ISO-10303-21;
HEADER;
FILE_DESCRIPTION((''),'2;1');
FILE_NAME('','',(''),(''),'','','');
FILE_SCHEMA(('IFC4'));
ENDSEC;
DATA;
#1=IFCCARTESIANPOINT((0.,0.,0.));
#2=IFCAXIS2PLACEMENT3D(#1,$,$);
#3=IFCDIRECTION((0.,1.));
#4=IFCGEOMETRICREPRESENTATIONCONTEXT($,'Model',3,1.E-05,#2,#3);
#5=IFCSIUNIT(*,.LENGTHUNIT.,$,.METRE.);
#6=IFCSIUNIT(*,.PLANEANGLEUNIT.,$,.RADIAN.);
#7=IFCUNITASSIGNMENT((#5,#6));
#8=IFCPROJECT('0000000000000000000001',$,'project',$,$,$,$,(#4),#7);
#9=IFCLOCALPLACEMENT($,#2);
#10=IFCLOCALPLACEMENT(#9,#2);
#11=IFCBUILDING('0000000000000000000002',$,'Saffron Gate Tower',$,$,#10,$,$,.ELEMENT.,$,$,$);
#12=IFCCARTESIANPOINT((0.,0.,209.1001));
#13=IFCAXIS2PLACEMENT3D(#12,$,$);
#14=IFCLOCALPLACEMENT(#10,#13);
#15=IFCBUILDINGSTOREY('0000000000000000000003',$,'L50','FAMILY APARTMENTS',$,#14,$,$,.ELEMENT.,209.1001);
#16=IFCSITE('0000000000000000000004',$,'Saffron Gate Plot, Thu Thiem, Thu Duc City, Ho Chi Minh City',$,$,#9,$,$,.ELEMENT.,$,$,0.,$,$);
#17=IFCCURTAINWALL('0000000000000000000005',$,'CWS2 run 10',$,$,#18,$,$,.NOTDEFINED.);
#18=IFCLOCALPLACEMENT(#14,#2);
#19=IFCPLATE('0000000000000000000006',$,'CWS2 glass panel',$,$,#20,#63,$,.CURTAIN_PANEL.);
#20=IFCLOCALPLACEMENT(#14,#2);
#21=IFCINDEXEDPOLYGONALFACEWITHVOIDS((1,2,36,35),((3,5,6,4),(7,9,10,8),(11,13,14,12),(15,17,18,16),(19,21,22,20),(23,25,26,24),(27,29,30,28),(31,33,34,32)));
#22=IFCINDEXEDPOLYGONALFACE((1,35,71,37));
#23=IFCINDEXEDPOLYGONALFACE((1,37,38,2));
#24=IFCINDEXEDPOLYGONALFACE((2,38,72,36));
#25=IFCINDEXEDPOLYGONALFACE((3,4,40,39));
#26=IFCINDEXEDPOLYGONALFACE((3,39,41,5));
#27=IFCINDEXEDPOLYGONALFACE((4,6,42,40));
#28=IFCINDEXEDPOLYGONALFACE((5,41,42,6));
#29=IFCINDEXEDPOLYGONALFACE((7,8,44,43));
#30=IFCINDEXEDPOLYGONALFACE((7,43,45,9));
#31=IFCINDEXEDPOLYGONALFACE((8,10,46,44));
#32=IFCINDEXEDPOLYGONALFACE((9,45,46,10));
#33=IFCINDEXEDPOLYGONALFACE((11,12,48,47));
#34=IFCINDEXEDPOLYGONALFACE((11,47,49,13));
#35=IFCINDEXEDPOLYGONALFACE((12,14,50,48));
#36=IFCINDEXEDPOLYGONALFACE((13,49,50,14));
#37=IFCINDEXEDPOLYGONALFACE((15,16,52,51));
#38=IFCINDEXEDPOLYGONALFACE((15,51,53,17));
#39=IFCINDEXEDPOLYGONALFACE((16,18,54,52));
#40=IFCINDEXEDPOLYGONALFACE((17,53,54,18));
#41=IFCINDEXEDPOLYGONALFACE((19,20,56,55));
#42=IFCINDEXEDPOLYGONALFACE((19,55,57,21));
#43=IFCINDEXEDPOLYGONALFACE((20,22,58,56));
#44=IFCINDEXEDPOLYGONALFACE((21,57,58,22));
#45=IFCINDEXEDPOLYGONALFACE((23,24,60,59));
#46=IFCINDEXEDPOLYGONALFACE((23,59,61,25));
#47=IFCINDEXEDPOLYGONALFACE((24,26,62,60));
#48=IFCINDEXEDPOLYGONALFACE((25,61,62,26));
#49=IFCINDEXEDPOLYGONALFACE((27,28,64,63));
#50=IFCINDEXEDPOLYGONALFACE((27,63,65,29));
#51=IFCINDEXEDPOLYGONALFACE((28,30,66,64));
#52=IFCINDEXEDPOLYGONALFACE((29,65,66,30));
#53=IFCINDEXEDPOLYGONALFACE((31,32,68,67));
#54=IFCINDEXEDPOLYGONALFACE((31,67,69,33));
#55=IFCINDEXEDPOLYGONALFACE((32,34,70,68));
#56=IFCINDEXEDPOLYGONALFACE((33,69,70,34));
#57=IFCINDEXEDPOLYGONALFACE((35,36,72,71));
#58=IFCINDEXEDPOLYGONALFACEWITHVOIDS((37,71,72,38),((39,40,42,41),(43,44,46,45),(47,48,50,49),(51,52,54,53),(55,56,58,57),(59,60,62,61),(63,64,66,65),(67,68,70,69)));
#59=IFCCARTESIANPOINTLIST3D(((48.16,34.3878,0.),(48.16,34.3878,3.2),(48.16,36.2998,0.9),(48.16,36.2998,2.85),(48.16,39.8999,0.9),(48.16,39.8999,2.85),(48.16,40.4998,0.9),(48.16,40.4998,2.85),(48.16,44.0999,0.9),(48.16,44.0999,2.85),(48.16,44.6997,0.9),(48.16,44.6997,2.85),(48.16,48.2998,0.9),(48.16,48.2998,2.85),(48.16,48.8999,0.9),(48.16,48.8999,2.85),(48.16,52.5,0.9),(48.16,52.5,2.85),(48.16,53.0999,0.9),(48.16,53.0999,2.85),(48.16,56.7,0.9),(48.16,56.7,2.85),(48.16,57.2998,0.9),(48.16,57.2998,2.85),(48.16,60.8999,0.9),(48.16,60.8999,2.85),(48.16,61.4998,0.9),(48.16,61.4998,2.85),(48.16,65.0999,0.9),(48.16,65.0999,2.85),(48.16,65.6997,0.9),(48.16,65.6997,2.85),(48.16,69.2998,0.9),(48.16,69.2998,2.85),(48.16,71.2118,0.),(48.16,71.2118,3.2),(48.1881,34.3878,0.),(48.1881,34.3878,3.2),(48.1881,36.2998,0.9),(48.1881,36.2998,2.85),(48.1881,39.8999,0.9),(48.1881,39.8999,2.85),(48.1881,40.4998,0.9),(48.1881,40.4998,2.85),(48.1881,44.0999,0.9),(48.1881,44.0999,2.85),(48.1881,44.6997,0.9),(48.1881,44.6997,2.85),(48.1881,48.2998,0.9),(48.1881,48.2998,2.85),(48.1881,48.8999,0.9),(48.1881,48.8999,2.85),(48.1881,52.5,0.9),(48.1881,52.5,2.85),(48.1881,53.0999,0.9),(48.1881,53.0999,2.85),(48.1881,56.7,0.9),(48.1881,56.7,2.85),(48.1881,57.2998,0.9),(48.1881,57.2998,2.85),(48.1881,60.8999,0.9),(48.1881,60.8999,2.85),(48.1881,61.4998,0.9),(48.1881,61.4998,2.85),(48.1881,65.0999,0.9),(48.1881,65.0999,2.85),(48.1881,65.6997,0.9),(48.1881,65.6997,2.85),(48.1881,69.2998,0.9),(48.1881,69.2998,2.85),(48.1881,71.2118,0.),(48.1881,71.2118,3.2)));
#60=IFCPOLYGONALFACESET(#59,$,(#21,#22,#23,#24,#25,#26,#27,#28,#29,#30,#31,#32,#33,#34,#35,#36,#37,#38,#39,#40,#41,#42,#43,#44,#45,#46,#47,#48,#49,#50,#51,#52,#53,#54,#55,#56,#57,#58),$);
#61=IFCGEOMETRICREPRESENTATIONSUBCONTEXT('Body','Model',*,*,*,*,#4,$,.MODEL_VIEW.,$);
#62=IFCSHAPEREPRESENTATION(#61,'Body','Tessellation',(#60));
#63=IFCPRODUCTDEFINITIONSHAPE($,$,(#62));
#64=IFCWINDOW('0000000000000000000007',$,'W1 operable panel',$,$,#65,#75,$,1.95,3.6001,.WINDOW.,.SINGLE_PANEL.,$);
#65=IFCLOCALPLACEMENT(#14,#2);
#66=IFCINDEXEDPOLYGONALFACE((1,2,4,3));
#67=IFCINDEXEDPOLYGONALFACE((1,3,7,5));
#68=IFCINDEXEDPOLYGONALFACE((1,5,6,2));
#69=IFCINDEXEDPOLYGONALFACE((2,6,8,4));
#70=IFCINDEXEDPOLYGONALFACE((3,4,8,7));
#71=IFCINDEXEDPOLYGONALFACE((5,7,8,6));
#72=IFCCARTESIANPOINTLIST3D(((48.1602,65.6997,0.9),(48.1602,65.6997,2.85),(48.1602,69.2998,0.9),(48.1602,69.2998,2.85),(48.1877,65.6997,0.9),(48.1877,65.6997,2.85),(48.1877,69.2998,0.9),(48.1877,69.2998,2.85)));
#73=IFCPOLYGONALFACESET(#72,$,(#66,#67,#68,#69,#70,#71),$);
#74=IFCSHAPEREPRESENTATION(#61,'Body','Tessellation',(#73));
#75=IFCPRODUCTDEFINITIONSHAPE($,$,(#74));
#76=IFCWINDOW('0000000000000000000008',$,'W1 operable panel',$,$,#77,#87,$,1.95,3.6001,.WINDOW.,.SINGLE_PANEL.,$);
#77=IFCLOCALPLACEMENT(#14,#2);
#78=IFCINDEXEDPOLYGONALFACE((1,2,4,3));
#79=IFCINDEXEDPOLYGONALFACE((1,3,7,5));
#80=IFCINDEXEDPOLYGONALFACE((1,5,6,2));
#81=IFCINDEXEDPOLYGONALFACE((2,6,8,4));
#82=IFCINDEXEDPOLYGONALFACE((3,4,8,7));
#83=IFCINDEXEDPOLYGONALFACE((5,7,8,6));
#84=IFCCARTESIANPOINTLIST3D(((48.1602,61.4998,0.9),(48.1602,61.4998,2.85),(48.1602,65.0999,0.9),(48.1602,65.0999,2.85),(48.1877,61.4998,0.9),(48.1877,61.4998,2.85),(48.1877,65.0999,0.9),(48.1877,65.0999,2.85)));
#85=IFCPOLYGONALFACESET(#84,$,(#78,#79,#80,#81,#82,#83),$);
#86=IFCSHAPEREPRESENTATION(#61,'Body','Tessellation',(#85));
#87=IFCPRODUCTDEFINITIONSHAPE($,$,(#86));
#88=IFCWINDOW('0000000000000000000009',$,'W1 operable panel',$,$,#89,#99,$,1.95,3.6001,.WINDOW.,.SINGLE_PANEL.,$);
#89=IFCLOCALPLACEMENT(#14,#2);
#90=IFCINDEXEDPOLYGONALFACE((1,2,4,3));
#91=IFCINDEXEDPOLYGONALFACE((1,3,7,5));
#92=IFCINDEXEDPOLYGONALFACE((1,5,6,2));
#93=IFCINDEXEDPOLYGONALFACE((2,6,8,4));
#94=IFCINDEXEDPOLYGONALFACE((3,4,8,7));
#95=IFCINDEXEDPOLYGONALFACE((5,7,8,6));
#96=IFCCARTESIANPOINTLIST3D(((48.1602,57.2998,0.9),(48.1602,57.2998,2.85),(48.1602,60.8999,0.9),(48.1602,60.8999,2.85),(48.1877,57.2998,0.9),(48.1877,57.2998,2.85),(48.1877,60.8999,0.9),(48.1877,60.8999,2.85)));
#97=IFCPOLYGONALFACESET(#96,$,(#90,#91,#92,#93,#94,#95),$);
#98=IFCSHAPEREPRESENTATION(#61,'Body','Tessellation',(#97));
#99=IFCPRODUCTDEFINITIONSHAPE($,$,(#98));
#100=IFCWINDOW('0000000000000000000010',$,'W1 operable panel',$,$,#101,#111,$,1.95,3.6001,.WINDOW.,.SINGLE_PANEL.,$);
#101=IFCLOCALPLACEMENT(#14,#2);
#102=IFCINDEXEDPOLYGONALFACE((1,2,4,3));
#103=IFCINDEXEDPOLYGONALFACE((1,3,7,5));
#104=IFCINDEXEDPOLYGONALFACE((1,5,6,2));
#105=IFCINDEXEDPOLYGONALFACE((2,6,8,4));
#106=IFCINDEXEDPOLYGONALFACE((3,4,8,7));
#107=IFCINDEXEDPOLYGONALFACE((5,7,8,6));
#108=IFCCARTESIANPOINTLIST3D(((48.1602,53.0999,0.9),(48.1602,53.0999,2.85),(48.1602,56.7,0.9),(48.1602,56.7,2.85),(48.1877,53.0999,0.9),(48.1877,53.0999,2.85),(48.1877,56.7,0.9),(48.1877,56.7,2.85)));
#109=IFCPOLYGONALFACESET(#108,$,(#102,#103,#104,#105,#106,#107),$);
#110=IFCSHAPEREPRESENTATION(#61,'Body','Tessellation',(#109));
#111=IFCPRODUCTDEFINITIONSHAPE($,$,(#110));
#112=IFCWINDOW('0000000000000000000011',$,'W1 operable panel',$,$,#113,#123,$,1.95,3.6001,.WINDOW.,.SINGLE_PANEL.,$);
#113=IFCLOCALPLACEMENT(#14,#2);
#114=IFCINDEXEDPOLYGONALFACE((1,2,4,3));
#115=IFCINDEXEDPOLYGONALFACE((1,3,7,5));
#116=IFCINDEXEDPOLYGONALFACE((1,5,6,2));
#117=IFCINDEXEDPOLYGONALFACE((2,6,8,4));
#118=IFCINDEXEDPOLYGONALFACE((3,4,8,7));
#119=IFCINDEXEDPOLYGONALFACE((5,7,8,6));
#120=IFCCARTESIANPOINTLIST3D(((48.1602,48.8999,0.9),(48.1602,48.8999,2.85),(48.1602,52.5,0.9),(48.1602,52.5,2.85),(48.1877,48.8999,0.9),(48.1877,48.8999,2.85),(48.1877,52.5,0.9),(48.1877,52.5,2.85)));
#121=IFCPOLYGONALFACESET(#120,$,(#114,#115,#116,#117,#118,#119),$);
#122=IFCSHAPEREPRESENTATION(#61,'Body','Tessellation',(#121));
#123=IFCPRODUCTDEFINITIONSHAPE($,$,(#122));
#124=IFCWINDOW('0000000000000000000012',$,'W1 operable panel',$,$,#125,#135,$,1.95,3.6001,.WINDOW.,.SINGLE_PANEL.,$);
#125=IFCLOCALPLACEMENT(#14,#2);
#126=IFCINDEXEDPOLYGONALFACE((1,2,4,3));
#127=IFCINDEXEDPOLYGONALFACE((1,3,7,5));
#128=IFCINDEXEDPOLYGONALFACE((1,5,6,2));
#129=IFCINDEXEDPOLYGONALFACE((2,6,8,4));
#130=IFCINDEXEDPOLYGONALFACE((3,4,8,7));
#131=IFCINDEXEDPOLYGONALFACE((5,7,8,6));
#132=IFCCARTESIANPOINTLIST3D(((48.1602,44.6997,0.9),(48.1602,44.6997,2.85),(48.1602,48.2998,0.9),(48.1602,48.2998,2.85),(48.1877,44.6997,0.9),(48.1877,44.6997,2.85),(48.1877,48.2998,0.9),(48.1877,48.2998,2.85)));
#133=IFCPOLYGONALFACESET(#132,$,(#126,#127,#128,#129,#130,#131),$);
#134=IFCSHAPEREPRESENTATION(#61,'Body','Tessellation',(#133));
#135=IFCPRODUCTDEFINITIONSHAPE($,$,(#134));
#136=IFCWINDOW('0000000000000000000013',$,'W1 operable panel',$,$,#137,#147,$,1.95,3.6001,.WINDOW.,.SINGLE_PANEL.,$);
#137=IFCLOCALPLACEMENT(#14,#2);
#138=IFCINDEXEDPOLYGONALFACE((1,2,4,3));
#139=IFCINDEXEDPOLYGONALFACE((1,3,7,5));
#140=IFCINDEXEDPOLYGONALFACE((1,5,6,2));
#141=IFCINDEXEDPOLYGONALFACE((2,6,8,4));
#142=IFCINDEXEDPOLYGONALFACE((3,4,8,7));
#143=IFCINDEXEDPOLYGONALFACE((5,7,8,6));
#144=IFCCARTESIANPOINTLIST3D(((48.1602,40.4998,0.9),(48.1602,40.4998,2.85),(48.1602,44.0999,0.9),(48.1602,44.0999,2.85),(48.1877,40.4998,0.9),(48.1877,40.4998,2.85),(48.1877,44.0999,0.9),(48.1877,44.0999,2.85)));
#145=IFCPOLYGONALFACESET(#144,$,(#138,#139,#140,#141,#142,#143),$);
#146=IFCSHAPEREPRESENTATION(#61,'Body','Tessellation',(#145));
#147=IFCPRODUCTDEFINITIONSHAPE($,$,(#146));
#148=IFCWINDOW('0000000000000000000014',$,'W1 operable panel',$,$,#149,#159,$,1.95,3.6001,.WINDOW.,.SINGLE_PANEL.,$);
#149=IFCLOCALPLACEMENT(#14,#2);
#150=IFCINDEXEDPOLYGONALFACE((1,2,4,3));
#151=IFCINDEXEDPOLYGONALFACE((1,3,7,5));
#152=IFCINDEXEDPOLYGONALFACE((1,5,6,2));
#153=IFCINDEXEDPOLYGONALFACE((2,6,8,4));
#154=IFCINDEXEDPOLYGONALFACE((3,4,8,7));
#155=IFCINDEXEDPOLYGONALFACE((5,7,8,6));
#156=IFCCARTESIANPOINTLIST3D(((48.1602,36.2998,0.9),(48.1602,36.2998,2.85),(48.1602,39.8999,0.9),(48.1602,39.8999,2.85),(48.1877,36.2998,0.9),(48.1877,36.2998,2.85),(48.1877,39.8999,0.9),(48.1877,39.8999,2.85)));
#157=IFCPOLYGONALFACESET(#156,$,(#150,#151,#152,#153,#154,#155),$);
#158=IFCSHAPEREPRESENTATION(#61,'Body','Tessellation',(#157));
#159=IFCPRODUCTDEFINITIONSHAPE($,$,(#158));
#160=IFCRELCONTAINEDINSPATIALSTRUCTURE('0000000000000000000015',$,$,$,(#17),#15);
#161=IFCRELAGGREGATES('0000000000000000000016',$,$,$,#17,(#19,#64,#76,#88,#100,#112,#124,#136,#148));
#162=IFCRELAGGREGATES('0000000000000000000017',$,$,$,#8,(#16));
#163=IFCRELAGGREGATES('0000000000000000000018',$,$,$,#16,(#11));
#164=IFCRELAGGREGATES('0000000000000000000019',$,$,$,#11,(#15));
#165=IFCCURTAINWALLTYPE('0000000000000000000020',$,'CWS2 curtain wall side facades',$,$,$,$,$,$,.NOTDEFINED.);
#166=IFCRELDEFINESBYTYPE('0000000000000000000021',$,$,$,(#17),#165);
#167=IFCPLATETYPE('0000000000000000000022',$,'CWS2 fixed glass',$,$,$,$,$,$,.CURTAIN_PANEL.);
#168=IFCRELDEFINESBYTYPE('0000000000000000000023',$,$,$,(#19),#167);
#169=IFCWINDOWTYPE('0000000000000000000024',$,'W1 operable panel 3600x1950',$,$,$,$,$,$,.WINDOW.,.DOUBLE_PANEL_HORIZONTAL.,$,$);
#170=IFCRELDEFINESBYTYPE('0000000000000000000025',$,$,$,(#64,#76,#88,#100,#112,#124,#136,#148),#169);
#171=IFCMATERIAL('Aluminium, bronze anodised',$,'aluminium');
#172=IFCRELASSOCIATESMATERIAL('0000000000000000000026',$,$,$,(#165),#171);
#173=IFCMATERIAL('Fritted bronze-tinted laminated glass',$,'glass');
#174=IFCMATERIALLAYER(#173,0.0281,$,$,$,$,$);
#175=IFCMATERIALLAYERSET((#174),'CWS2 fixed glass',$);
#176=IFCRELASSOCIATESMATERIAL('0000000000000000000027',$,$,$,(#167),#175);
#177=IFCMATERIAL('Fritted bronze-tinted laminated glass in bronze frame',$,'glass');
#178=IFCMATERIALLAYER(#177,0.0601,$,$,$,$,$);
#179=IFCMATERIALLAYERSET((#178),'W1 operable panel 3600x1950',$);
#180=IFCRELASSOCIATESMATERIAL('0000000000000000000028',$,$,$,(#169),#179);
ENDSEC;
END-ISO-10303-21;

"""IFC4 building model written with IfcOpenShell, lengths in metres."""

from ifc_helpers import new_model, si_unit, direction, frame, frame_2d, origin, place, context, subcontext, project, spatial, rectangle, extrude, material, layer, layer_set, type_object, element, fill, aggregate, save


model = new_model("IFC4")

# Units and contexts
model_context = context("Model", 3, precision=1e-05, world=origin(), true_north=direction((0.0, 1.0)))
body_context = subcontext(model_context, "Body", "Model", "MODEL_VIEW")
ifc_project = project(units=[si_unit("LENGTHUNIT", "METRE"), si_unit("PLANEANGLEUNIT", "RADIAN")], contexts=[model_context])

# Site, building, storey
site_placement = place(None, origin())
site = spatial("IfcSite", under=ifc_project, at=site_placement, Name="Saffron Gate Plot, Thu Thiem, Thu Duc City, Ho Chi Minh City", CompositionType="ELEMENT", RefElevation=0.0)
building_placement = place(site_placement, origin())
building = spatial("IfcBuilding", under=site, at=building_placement, Name="Saffron Gate Tower", CompositionType="ELEMENT")
storey_placement = place(building_placement, frame((0.0, 0.0, 209.1001)))
storey = spatial("IfcBuildingStorey", under=building, at=storey_placement, Name="L50", Description="FAMILY APARTMENTS", CompositionType="ELEMENT", Elevation=209.1001)

# Curtain wall
ifc_material_1 = material(Name="Aluminium, bronze anodised", Category="aluminium")
curtain_wall_type_1 = type_object("IfcCurtainWallType", Name="CWS2 curtain wall side facades", PredefinedType="NOTDEFINED", material=ifc_material_1)
curtain_wall_1_placement = place(storey_placement, origin())
curtain_wall_1 = element("IfcCurtainWall", 1, at=curtain_wall_1_placement, inside=storey, type_object=curtain_wall_type_1, Name="CWS2 run 10", PredefinedType="NOTDEFINED")

# Plate, openings, windows
ifc_material_2 = material(Name="Fritted bronze-tinted laminated glass", Category="glass")
ifc_layer_1 = layer(ifc_material_2, 0.0281)
ifc_layer_set_1 = layer_set([ifc_layer_1], Name="CWS2 fixed glass")
plate_type_1 = type_object("IfcPlateType", Name="CWS2 fixed glass", PredefinedType="CURTAIN_PANEL", material=ifc_layer_set_1)
plate_1_placement = place(storey_placement, frame((48.1741, 71.2119, 0.0), z_axis=(0.0, 0.0, 1.0), x_axis=(0.0, -1.0, 0.0)))
plate_1 = element("IfcPlate", 2, at=plate_1_placement, type_object=plate_type_1, Name="CWS2 glass panel", PredefinedType="CURTAIN_PANEL", context=body_context, shape_type="SweptSolid", body=[
    extrude(rectangle(XDim=36.824, YDim=0.0281, at=frame_2d((18.4121, 0.0))), origin(), (0.0, 0.0, 1.0), 3.2),
])
opening_1_placement = place(plate_1_placement, frame((1.9121, 0.0, 0.8999)))
opening_1 = element("IfcOpeningElement", 3, at=opening_1_placement, cuts=plate_1, PredefinedType="OPENING", context=body_context, shape_type="SweptSolid", body=[
    extrude(rectangle(XDim=3.6001, YDim=1.95, at=frame_2d((1.8, 0.9751))), frame((0.0, 0.0239, 0.0), z_axis=(0.0, -1.0, 0.0), x_axis=(1.0, 0.0, 0.0)), (0.0, 0.0, 1.0), 0.0481),
])
opening_2_placement = place(plate_1_placement, frame((6.1121, 0.0, 0.8999)))
opening_2 = element("IfcOpeningElement", 4, at=opening_2_placement, cuts=plate_1, PredefinedType="OPENING", context=body_context, shape_type="SweptSolid", body=[
    extrude(rectangle(XDim=3.6001, YDim=1.95, at=frame_2d((1.8, 0.9751))), frame((0.0, 0.0239, 0.0), z_axis=(0.0, -1.0, 0.0), x_axis=(1.0, 0.0, 0.0)), (0.0, 0.0, 1.0), 0.0481),
])
opening_3_placement = place(plate_1_placement, frame((10.312, 0.0, 0.8999)))
opening_3 = element("IfcOpeningElement", 5, at=opening_3_placement, cuts=plate_1, PredefinedType="OPENING", context=body_context, shape_type="SweptSolid", body=[
    extrude(rectangle(XDim=3.6001, YDim=1.95, at=frame_2d((1.8, 0.9751))), frame((0.0, 0.0239, 0.0), z_axis=(0.0, -1.0, 0.0), x_axis=(1.0, 0.0, 0.0)), (0.0, 0.0, 1.0), 0.0481),
])
opening_4_placement = place(plate_1_placement, frame((14.512, 0.0, 0.8999)))
opening_4 = element("IfcOpeningElement", 6, at=opening_4_placement, cuts=plate_1, PredefinedType="OPENING", context=body_context, shape_type="SweptSolid", body=[
    extrude(rectangle(XDim=3.6001, YDim=1.95, at=frame_2d((1.8, 0.9751))), frame((0.0, 0.0239, 0.0), z_axis=(0.0, -1.0, 0.0), x_axis=(1.0, 0.0, 0.0)), (0.0, 0.0, 1.0), 0.0481),
])
opening_5_placement = place(plate_1_placement, frame((18.7119, 0.0, 0.8999)))
opening_5 = element("IfcOpeningElement", 7, at=opening_5_placement, cuts=plate_1, PredefinedType="OPENING", context=body_context, shape_type="SweptSolid", body=[
    extrude(rectangle(XDim=3.6001, YDim=1.95, at=frame_2d((1.8, 0.9751))), frame((0.0, 0.0239, 0.0), z_axis=(0.0, -1.0, 0.0), x_axis=(1.0, 0.0, 0.0)), (0.0, 0.0, 1.0), 0.0481),
])
opening_6_placement = place(plate_1_placement, frame((22.9121, 0.0, 0.8999)))
opening_6 = element("IfcOpeningElement", 8, at=opening_6_placement, cuts=plate_1, PredefinedType="OPENING", context=body_context, shape_type="SweptSolid", body=[
    extrude(rectangle(XDim=3.6001, YDim=1.95, at=frame_2d((1.8, 0.9751))), frame((0.0, 0.0239, 0.0), z_axis=(0.0, -1.0, 0.0), x_axis=(1.0, 0.0, 0.0)), (0.0, 0.0, 1.0), 0.0481),
])
opening_7_placement = place(plate_1_placement, frame((27.1121, 0.0, 0.8999)))
opening_7 = element("IfcOpeningElement", 9, at=opening_7_placement, cuts=plate_1, PredefinedType="OPENING", context=body_context, shape_type="SweptSolid", body=[
    extrude(rectangle(XDim=3.6001, YDim=1.95, at=frame_2d((1.8, 0.9751))), frame((0.0, 0.0239, 0.0), z_axis=(0.0, -1.0, 0.0), x_axis=(1.0, 0.0, 0.0)), (0.0, 0.0, 1.0), 0.0481),
])
opening_8_placement = place(plate_1_placement, frame((31.312, 0.0, 0.8999)))
opening_8 = element("IfcOpeningElement", 10, at=opening_8_placement, cuts=plate_1, PredefinedType="OPENING", context=body_context, shape_type="SweptSolid", body=[
    extrude(rectangle(XDim=3.6001, YDim=1.95, at=frame_2d((1.8, 0.9751))), frame((0.0, 0.0239, 0.0), z_axis=(0.0, -1.0, 0.0), x_axis=(1.0, 0.0, 0.0)), (0.0, 0.0, 1.0), 0.0481),
])
ifc_material_3 = material(Name="Fritted bronze-tinted laminated glass in bronze frame", Category="glass")
ifc_layer_2 = layer(ifc_material_3, 0.0601)
ifc_layer_set_2 = layer_set([ifc_layer_2], Name="W1 operable panel 3600x1950")
window_type = type_object("IfcWindowType", Name="W1 operable panel 3600x1950", PartitioningType="DOUBLE_PANEL_HORIZONTAL", PredefinedType="WINDOW", material=ifc_layer_set_2)
window_1_placement = place(opening_1_placement, origin())
window_1 = element("IfcWindow", 11, at=window_1_placement, type_object=window_type, Name="W1 operable panel", OverallHeight=1.95, OverallWidth=3.6001, PartitioningType="SINGLE_PANEL", PredefinedType="WINDOW", context=body_context, shape_type="SweptSolid", body=[
    extrude(rectangle(XDim=3.6001, YDim=1.95, at=frame_2d((1.8, 0.9751))), frame((0.0, 0.0137, 0.0), z_axis=(0.0, -1.0, 0.0), x_axis=(1.0, 0.0, 0.0)), (0.0, 0.0, 1.0), 0.0276),
])
fill(opening_1, window_1)
window_2_placement = place(opening_2_placement, origin())
window_2 = element("IfcWindow", 12, at=window_2_placement, type_object=window_type, Name="W1 operable panel", OverallHeight=1.95, OverallWidth=3.6001, PartitioningType="SINGLE_PANEL", PredefinedType="WINDOW", context=body_context, shape_type="SweptSolid", body=[
    extrude(rectangle(XDim=3.6001, YDim=1.95, at=frame_2d((1.8, 0.9751))), frame((0.0, 0.0137, 0.0), z_axis=(0.0, -1.0, 0.0), x_axis=(1.0, 0.0, 0.0)), (0.0, 0.0, 1.0), 0.0276),
])
fill(opening_2, window_2)
window_3_placement = place(opening_3_placement, origin())
window_3 = element("IfcWindow", 13, at=window_3_placement, type_object=window_type, Name="W1 operable panel", OverallHeight=1.95, OverallWidth=3.6001, PartitioningType="SINGLE_PANEL", PredefinedType="WINDOW", context=body_context, shape_type="SweptSolid", body=[
    extrude(rectangle(XDim=3.6001, YDim=1.95, at=frame_2d((1.8, 0.9751))), frame((0.0, 0.0137, 0.0), z_axis=(0.0, -1.0, 0.0), x_axis=(1.0, 0.0, 0.0)), (0.0, 0.0, 1.0), 0.0276),
])
fill(opening_3, window_3)
window_4_placement = place(opening_4_placement, origin())
window_4 = element("IfcWindow", 14, at=window_4_placement, type_object=window_type, Name="W1 operable panel", OverallHeight=1.95, OverallWidth=3.6001, PartitioningType="SINGLE_PANEL", PredefinedType="WINDOW", context=body_context, shape_type="SweptSolid", body=[
    extrude(rectangle(XDim=3.6001, YDim=1.95, at=frame_2d((1.8, 0.9751))), frame((0.0, 0.0137, 0.0), z_axis=(0.0, -1.0, 0.0), x_axis=(1.0, 0.0, 0.0)), (0.0, 0.0, 1.0), 0.0276),
])
fill(opening_4, window_4)
window_5_placement = place(opening_5_placement, origin())
window_5 = element("IfcWindow", 15, at=window_5_placement, type_object=window_type, Name="W1 operable panel", OverallHeight=1.95, OverallWidth=3.6001, PartitioningType="SINGLE_PANEL", PredefinedType="WINDOW", context=body_context, shape_type="SweptSolid", body=[
    extrude(rectangle(XDim=3.6001, YDim=1.95, at=frame_2d((1.8, 0.9751))), frame((0.0, 0.0137, 0.0), z_axis=(0.0, -1.0, 0.0), x_axis=(1.0, 0.0, 0.0)), (0.0, 0.0, 1.0), 0.0276),
])
fill(opening_5, window_5)
window_6_placement = place(opening_6_placement, origin())
window_6 = element("IfcWindow", 16, at=window_6_placement, type_object=window_type, Name="W1 operable panel", OverallHeight=1.95, OverallWidth=3.6001, PartitioningType="SINGLE_PANEL", PredefinedType="WINDOW", context=body_context, shape_type="SweptSolid", body=[
    extrude(rectangle(XDim=3.6001, YDim=1.95, at=frame_2d((1.8, 0.9751))), frame((0.0, 0.0137, 0.0), z_axis=(0.0, -1.0, 0.0), x_axis=(1.0, 0.0, 0.0)), (0.0, 0.0, 1.0), 0.0276),
])
fill(opening_6, window_6)
window_7_placement = place(opening_7_placement, origin())
window_7 = element("IfcWindow", 17, at=window_7_placement, type_object=window_type, Name="W1 operable panel", OverallHeight=1.95, OverallWidth=3.6001, PartitioningType="SINGLE_PANEL", PredefinedType="WINDOW", context=body_context, shape_type="SweptSolid", body=[
    extrude(rectangle(XDim=3.6001, YDim=1.95, at=frame_2d((1.8, 0.9751))), frame((0.0, 0.0137, 0.0), z_axis=(0.0, -1.0, 0.0), x_axis=(1.0, 0.0, 0.0)), (0.0, 0.0, 1.0), 0.0276),
])
fill(opening_7, window_7)
window_8_placement = place(opening_8_placement, origin())
window_8 = element("IfcWindow", 18, at=window_8_placement, type_object=window_type, Name="W1 operable panel", OverallHeight=1.95, OverallWidth=3.6001, PartitioningType="SINGLE_PANEL", PredefinedType="WINDOW", context=body_context, shape_type="SweptSolid", body=[
    extrude(rectangle(XDim=3.6001, YDim=1.95, at=frame_2d((1.8, 0.9751))), frame((0.0, 0.0137, 0.0), z_axis=(0.0, -1.0, 0.0), x_axis=(1.0, 0.0, 0.0)), (0.0, 0.0, 1.0), 0.0276),
])
fill(opening_8, window_8)
aggregate(curtain_wall_1, [plate_1, window_1, window_2, window_3, window_4, window_5, window_6, window_7, window_8])

save(model, "model.ifc")
